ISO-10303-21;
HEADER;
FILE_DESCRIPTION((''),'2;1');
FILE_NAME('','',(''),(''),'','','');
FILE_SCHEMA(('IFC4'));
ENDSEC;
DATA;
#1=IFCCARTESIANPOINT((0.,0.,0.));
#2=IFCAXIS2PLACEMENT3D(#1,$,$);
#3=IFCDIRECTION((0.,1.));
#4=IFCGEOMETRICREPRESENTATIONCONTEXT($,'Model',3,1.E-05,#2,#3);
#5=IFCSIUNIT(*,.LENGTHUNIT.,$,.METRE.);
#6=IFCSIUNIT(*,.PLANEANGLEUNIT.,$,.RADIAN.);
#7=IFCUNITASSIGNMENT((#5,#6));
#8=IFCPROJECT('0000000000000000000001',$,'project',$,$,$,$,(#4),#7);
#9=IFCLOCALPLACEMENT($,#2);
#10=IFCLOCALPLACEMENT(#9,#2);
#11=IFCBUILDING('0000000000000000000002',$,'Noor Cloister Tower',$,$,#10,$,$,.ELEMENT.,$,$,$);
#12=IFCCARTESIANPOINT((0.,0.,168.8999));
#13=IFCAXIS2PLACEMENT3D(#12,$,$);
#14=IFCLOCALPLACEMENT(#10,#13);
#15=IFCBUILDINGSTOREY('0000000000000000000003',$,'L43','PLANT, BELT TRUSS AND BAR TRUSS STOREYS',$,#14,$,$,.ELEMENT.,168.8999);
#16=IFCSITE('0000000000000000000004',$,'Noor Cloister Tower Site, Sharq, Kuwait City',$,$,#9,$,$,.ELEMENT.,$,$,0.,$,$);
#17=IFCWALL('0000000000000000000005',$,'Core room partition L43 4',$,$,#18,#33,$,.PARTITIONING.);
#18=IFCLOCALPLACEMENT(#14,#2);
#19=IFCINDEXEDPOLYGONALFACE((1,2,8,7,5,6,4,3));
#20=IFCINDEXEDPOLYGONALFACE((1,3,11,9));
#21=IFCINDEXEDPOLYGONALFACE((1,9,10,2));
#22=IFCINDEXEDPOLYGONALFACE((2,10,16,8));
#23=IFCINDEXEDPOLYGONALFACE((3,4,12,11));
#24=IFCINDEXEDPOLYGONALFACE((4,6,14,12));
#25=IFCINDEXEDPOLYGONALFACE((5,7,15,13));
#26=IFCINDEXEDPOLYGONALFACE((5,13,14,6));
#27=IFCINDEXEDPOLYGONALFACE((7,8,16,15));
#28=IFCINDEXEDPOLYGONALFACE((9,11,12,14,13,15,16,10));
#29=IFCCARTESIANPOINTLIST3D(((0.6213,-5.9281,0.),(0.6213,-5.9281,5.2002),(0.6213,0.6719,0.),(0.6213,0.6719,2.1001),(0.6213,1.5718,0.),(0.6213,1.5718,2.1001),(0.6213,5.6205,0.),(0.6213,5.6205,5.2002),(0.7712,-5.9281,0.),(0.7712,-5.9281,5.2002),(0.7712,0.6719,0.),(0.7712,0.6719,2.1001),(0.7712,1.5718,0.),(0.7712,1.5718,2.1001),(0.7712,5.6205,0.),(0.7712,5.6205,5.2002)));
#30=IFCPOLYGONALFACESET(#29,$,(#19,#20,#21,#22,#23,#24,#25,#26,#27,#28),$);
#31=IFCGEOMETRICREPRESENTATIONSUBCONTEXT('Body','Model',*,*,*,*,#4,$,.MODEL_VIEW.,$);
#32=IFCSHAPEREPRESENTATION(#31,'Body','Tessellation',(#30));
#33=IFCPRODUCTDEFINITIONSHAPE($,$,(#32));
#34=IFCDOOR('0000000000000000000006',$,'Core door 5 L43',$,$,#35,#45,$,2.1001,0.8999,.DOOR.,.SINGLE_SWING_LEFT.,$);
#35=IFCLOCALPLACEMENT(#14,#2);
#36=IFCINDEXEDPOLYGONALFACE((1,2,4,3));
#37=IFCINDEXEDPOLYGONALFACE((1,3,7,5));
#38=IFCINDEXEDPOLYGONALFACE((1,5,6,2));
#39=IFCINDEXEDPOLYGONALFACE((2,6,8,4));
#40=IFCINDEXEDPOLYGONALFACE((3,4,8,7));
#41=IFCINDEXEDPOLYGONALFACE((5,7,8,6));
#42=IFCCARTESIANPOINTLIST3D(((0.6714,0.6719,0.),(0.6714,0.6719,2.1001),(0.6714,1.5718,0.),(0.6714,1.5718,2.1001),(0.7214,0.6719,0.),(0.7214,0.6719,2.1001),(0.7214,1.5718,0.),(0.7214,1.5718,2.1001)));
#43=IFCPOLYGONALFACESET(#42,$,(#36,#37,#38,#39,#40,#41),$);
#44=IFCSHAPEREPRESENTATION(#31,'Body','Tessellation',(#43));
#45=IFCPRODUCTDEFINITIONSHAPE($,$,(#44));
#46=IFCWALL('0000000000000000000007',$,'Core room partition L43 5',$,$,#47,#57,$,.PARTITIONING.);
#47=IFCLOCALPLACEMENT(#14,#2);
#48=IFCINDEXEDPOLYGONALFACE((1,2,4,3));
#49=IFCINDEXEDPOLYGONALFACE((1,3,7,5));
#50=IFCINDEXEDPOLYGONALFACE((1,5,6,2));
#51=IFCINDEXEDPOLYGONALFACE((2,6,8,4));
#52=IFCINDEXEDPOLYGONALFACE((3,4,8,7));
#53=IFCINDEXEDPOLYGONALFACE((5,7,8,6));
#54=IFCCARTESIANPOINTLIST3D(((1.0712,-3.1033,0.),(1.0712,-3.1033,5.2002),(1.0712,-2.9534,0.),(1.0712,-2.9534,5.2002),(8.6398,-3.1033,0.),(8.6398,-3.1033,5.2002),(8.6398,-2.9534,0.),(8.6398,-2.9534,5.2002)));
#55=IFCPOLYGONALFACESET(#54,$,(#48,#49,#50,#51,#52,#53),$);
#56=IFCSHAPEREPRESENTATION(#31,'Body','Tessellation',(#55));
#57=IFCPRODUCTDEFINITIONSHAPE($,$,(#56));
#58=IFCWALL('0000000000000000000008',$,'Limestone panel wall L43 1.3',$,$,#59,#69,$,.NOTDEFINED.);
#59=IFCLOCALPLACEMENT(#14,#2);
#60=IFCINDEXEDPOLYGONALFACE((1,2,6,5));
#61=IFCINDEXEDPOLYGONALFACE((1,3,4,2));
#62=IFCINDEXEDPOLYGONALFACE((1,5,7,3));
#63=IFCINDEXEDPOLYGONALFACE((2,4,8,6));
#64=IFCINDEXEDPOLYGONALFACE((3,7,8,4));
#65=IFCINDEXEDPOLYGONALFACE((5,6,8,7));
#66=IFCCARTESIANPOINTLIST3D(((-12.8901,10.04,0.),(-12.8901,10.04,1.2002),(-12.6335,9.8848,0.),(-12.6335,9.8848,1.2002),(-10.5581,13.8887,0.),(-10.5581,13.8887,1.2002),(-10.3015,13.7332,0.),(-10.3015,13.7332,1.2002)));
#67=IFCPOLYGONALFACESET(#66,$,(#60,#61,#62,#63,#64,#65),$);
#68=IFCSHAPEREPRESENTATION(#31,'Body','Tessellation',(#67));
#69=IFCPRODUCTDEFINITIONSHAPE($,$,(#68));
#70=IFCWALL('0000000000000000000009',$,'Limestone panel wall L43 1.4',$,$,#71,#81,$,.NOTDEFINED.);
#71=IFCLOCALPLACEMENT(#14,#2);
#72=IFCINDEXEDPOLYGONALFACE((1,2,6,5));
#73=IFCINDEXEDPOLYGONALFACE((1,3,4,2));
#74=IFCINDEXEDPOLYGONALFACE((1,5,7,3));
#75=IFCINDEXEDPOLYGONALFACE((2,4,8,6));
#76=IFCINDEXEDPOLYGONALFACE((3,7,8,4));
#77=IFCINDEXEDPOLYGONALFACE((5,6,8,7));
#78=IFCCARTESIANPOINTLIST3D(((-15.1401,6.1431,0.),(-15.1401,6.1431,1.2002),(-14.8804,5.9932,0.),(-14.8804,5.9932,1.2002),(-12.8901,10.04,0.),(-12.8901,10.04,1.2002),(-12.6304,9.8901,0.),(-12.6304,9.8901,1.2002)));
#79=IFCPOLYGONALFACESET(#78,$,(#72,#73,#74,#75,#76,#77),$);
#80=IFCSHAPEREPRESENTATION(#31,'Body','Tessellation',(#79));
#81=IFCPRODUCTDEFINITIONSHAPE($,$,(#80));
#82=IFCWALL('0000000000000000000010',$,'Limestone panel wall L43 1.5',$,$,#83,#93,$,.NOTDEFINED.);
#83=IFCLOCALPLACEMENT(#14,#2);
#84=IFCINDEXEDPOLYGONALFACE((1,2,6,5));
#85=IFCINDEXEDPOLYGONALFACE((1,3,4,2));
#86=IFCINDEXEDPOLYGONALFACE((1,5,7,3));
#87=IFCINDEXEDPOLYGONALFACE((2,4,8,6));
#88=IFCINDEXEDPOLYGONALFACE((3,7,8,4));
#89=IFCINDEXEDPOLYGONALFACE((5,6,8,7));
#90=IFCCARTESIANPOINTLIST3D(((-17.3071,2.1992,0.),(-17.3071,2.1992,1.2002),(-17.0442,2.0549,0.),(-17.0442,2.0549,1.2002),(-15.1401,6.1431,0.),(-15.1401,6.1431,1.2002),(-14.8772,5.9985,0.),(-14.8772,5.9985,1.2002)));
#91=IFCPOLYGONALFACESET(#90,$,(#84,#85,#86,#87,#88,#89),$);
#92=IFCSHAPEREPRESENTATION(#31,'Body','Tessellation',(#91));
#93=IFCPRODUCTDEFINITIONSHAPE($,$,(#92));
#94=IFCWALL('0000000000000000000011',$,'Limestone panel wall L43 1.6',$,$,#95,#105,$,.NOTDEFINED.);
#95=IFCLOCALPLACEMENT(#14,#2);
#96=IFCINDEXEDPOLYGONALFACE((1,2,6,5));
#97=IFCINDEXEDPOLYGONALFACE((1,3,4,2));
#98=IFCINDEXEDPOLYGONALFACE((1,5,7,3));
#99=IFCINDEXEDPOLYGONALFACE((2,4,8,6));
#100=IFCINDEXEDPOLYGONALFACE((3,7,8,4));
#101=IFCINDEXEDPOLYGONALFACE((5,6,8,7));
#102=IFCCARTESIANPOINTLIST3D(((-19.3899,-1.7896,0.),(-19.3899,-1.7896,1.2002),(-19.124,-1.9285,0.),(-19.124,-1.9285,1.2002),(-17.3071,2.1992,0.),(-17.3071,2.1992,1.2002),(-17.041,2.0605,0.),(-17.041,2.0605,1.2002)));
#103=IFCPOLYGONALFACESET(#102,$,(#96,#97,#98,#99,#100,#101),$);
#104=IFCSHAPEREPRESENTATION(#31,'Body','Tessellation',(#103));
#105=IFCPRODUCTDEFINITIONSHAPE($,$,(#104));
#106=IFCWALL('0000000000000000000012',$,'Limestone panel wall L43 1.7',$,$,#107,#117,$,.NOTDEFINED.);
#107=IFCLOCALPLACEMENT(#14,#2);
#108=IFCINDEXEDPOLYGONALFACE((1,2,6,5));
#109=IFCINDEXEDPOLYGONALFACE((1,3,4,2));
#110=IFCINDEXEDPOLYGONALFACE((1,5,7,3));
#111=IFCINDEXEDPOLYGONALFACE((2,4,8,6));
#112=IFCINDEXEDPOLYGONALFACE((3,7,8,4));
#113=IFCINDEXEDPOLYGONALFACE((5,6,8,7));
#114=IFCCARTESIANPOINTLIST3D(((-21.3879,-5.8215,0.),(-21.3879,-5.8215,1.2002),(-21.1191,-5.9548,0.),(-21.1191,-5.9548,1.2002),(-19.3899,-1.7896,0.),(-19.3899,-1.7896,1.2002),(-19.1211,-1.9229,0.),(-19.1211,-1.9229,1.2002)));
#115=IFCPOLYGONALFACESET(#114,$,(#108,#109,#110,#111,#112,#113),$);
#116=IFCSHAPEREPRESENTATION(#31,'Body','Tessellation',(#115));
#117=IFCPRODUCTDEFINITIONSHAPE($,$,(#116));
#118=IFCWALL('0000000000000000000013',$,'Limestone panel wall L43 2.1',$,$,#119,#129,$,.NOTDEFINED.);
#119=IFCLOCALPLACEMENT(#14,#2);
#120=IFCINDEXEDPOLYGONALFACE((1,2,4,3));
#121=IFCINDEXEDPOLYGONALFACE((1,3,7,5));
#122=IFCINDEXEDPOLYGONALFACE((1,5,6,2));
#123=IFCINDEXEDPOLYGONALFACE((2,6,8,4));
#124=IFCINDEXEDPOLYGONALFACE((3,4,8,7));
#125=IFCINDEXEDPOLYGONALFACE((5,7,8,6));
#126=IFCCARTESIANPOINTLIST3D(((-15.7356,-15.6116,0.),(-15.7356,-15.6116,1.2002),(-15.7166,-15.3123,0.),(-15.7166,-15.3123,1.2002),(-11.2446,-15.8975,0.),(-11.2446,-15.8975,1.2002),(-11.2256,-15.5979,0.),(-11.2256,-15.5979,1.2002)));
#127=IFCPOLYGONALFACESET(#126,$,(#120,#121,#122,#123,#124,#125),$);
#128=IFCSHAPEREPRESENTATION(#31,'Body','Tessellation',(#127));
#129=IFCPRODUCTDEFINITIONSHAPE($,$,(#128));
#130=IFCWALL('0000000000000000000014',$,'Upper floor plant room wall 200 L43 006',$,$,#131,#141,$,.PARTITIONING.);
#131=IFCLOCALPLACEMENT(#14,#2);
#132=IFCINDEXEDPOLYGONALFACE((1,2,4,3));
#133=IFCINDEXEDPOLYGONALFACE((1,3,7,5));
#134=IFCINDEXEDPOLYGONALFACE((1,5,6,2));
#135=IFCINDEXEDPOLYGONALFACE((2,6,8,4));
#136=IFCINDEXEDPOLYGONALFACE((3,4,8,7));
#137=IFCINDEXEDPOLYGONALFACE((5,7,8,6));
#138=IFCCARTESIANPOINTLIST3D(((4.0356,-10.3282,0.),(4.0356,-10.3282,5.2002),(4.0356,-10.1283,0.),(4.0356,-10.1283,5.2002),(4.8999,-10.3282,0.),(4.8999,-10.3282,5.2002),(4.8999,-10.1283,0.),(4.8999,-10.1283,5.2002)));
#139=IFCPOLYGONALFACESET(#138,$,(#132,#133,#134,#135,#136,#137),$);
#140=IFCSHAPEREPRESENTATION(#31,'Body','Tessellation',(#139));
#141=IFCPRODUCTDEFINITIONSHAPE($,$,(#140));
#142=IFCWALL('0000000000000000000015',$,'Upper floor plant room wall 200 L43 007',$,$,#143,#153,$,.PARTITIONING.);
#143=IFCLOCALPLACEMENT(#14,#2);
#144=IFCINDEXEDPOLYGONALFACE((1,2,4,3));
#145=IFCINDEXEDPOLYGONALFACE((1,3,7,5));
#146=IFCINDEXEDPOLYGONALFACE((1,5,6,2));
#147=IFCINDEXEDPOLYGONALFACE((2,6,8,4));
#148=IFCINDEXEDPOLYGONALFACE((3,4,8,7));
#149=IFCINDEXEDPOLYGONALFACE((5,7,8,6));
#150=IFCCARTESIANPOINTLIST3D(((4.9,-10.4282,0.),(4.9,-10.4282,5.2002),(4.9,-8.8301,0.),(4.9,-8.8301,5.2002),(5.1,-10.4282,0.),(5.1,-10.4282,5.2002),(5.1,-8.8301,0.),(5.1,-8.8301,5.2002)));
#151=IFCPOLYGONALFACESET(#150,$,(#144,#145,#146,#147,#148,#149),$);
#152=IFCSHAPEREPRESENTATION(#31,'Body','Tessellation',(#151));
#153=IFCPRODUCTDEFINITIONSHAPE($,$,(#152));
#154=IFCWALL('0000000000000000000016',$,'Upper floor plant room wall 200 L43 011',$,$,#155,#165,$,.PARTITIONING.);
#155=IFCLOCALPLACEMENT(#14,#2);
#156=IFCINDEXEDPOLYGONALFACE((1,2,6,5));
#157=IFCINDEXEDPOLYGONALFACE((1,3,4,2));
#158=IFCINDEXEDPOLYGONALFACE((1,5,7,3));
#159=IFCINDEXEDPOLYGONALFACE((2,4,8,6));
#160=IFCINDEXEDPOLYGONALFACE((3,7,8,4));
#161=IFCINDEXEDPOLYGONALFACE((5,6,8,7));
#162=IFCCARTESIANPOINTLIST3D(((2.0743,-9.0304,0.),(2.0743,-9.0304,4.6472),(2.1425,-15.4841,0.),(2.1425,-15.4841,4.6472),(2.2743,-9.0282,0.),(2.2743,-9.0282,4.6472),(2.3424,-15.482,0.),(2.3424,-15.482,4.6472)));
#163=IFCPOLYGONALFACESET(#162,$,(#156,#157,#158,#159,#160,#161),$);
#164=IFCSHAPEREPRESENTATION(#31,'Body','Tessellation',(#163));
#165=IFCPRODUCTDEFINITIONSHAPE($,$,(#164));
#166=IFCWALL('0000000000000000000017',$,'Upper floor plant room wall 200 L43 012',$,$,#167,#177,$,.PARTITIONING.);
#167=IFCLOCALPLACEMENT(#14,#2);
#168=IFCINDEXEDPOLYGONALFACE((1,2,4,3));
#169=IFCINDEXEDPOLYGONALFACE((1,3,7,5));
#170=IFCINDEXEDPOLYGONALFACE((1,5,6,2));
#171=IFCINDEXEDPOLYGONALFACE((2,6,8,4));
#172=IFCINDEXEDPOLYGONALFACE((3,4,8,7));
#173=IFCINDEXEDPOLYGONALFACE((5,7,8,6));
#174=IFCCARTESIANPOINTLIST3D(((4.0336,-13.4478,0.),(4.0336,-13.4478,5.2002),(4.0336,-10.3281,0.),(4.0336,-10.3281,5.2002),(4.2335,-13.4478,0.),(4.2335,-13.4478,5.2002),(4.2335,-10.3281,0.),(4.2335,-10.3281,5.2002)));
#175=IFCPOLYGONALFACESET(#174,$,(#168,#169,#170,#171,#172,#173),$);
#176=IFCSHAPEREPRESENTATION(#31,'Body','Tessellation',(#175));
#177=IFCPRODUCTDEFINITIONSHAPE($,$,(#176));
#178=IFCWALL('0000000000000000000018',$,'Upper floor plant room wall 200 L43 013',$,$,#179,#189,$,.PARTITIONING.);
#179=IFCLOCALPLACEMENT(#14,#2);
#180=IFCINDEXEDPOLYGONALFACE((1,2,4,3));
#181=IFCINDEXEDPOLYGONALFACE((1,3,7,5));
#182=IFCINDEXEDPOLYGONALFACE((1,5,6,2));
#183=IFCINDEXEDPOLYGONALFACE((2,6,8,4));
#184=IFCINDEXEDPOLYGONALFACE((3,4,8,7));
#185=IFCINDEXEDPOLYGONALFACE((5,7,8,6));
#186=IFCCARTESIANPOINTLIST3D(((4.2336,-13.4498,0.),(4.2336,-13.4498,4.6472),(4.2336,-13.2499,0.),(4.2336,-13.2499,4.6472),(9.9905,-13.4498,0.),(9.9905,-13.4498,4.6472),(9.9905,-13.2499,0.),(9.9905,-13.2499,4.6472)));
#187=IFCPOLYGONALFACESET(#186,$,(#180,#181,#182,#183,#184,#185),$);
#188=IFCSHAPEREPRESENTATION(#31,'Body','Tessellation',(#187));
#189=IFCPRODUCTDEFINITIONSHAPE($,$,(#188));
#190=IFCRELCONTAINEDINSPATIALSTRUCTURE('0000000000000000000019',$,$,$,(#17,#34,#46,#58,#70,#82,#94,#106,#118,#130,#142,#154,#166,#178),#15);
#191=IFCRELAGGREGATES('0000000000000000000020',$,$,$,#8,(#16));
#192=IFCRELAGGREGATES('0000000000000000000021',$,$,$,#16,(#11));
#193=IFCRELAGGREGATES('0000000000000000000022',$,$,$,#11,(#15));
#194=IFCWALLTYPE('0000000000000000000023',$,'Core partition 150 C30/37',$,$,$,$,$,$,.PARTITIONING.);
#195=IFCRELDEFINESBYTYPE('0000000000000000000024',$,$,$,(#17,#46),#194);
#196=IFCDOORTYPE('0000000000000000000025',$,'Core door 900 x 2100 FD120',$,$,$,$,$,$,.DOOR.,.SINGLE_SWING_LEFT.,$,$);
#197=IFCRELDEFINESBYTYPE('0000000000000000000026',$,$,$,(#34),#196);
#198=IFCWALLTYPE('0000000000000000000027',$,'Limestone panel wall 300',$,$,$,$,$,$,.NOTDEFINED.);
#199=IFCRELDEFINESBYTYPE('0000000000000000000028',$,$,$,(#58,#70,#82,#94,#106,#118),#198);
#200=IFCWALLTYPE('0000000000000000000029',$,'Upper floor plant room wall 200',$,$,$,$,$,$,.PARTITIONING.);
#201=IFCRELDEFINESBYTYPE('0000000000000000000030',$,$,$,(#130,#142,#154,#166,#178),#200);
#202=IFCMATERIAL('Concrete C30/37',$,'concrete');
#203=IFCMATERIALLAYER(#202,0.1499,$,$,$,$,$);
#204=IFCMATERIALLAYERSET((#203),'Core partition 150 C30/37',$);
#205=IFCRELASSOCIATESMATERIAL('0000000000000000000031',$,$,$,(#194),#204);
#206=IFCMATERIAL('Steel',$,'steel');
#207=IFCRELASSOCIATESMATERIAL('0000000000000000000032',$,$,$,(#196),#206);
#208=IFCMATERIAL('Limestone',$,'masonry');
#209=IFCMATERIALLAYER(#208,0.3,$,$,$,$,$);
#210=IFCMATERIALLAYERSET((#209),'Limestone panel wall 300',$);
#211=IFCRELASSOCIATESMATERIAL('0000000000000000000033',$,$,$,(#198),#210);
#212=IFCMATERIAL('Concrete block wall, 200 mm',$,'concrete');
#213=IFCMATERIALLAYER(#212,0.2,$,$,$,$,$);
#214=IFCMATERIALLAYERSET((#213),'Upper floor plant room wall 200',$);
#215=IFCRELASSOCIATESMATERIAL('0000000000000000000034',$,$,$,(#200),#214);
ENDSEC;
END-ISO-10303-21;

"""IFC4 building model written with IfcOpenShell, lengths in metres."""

from ifc_helpers import new_model, si_unit, direction, frame, frame_2d, origin, place, context, subcontext, project, spatial, polyline, rectangle, outline, extrude, material, layer, layer_set, type_object, element, fill, save


model = new_model("IFC4")

# Units and contexts
model_context = context("Model", 3, precision=1e-05, world=origin(), true_north=direction((0.0, 1.0)))
body_context = subcontext(model_context, "Body", "Model", "MODEL_VIEW")
ifc_project = project(units=[si_unit("LENGTHUNIT", "METRE"), si_unit("PLANEANGLEUNIT", "RADIAN")], contexts=[model_context])

# Site, building, storey
site_placement = place(None, origin())
site = spatial("IfcSite", under=ifc_project, at=site_placement, Name="Noor Cloister Tower Site, Sharq, Kuwait City", CompositionType="ELEMENT", RefElevation=0.0)
building_placement = place(site_placement, origin())
building = spatial("IfcBuilding", under=site, at=building_placement, Name="Noor Cloister Tower", CompositionType="ELEMENT")
storey_placement = place(building_placement, frame((0.0, 0.0, 168.8999)))
storey = spatial("IfcBuildingStorey", under=building, at=storey_placement, Name="L43", Description="PLANT, BELT TRUSS AND BAR TRUSS STOREYS", CompositionType="ELEMENT", Elevation=168.8999)

# Wall, opening, door
ifc_material_1 = material(Name="Concrete C30/37", Category="concrete")
ifc_layer_1 = layer(ifc_material_1, 0.1499)
ifc_layer_set_1 = layer_set([ifc_layer_1], Name="Core partition 150 C30/37")
wall_type_1 = type_object("IfcWallType", Name="Core partition 150 C30/37", PredefinedType="PARTITIONING", material=ifc_layer_set_1)
wall_1_placement = place(storey_placement, frame((0.6963, -5.9282, 0.0), z_axis=(0.0, 0.0, 1.0), x_axis=(0.0, 1.0, 0.0)))
wall_1 = element("IfcWall", 1, at=wall_1_placement, inside=storey, type_object=wall_type_1, Name="Core room partition L43 4", PredefinedType="PARTITIONING", context=body_context, shape_type="SweptSolid", body=[
    extrude(rectangle(XDim=11.5486, YDim=0.1499, at=frame_2d((5.7744, 0.0))), origin(), (0.0, 0.0, 1.0), 5.2002),
])
opening_placement = place(wall_1_placement, frame((6.6001, 0.0, 0.0)))
opening = element("IfcOpeningElement", 2, at=opening_placement, cuts=wall_1, PredefinedType="OPENING", context=body_context, shape_type="SweptSolid", body=[
    extrude(rectangle(XDim=0.8999, YDim=2.1001, at=frame_2d((0.45, 1.05))), frame((0.0, 0.085, 0.0), z_axis=(0.0, -1.0, 0.0), x_axis=(1.0, 0.0, 0.0)), (0.0, 0.0, 1.0), 0.1699),
])
ifc_material_2 = material(Name="Steel", Category="steel")
door_type = type_object("IfcDoorType", Name="Core door 900 x 2100 FD120", OperationType="SINGLE_SWING_LEFT", PredefinedType="DOOR", material=ifc_material_2)
door_placement = place(opening_placement, origin())
door = element("IfcDoor", 3, at=door_placement, inside=storey, type_object=door_type, Name="Core door 5 L43", OperationType="SINGLE_SWING_LEFT", OverallHeight=2.1001, OverallWidth=0.8999, PredefinedType="DOOR", context=body_context, shape_type="SweptSolid", body=[
    extrude(rectangle(XDim=0.8999, YDim=2.1001, at=frame_2d((0.45, 1.05))), frame((0.0, 0.0249, 0.0), z_axis=(0.0, -1.0, 0.0), x_axis=(1.0, 0.0, 0.0)), (0.0, 0.0, 1.0), 0.05),
])
fill(opening, door)

# Walls
wall_2_placement = place(storey_placement, frame((1.0713, -3.0283, 0.0), z_axis=(0.0, 0.0, 1.0), x_axis=(1.0, 0.0, 0.0)))
element("IfcWall", 4, at=wall_2_placement, inside=storey, type_object=wall_type_1, Name="Core room partition L43 5", PredefinedType="PARTITIONING", context=body_context, shape_type="SweptSolid", body=[
    extrude(rectangle(XDim=7.5686, YDim=0.1499, at=frame_2d((3.7842, 0.0))), origin(), (0.0, 0.0, 1.0), 5.2002),
])
ifc_material_3 = material(Name="Limestone", Category="masonry")
ifc_layer_2 = layer(ifc_material_3, 0.3)
ifc_layer_set_2 = layer_set([ifc_layer_2], Name="Limestone panel wall 300")
wall_type_2 = type_object("IfcWallType", Name="Limestone panel wall 300", PredefinedType="NOTDEFINED", material=ifc_layer_set_2)
wall_3_placement = place(storey_placement, origin())
element("IfcWall", 5, at=wall_3_placement, inside=storey, type_object=wall_type_2, Name="Limestone panel wall L43 1.3", PredefinedType="NOTDEFINED", context=body_context, shape_type="SweptSolid", body=[
    extrude(outline(polyline([(-10.5581, 13.8887), (-12.8901, 10.04), (-12.6335, 9.8848), (-10.3015, 13.7332), (-10.5581, 13.8887)])), origin(), (0.0, 0.0, 1.0), 1.2002),
])
wall_4_placement = place(storey_placement, origin())
element("IfcWall", 6, at=wall_4_placement, inside=storey, type_object=wall_type_2, Name="Limestone panel wall L43 1.4", PredefinedType="NOTDEFINED", context=body_context, shape_type="SweptSolid", body=[
    extrude(outline(polyline([(-12.8901, 10.04), (-15.1401, 6.1431), (-14.8804, 5.9932), (-12.6304, 9.8901), (-12.8901, 10.04)])), origin(), (0.0, 0.0, 1.0), 1.2002),
])
wall_5_placement = place(storey_placement, origin())
element("IfcWall", 7, at=wall_5_placement, inside=storey, type_object=wall_type_2, Name="Limestone panel wall L43 1.5", PredefinedType="NOTDEFINED", context=body_context, shape_type="SweptSolid", body=[
    extrude(outline(polyline([(-15.1401, 6.1431), (-17.3071, 2.1992), (-17.0442, 2.0549), (-14.8772, 5.9985), (-15.1401, 6.1431)])), origin(), (0.0, 0.0, 1.0), 1.2002),
])
wall_6_placement = place(storey_placement, origin())
element("IfcWall", 8, at=wall_6_placement, inside=storey, type_object=wall_type_2, Name="Limestone panel wall L43 1.6", PredefinedType="NOTDEFINED", context=body_context, shape_type="SweptSolid", body=[
    extrude(outline(polyline([(-17.3071, 2.1992), (-19.3899, -1.7896), (-19.124, -1.9285), (-17.041, 2.0605), (-17.3071, 2.1992)])), origin(), (0.0, 0.0, 1.0), 1.2002),
])
wall_7_placement = place(storey_placement, origin())
element("IfcWall", 9, at=wall_7_placement, inside=storey, type_object=wall_type_2, Name="Limestone panel wall L43 1.7", PredefinedType="NOTDEFINED", context=body_context, shape_type="SweptSolid", body=[
    extrude(outline(polyline([(-19.3899, -1.7896), (-21.3879, -5.8215), (-21.1191, -5.9548), (-19.1211, -1.9229), (-19.3899, -1.7896)])), origin(), (0.0, 0.0, 1.0), 1.2002),
])
wall_8_placement = place(storey_placement, origin())
element("IfcWall", 10, at=wall_8_placement, inside=storey, type_object=wall_type_2, Name="Limestone panel wall L43 2.1", PredefinedType="NOTDEFINED", context=body_context, shape_type="SweptSolid", body=[
    extrude(outline(polyline([(-15.7356, -15.6116), (-11.2446, -15.8975), (-11.2256, -15.5979), (-15.7166, -15.3123), (-15.7356, -15.6116)])), origin(), (0.0, 0.0, 1.0), 1.2002),
])
ifc_material_4 = material(Name="Concrete block wall, 200 mm", Category="concrete")
ifc_layer_3 = layer(ifc_material_4, 0.2)
ifc_layer_set_3 = layer_set([ifc_layer_3], Name="Upper floor plant room wall 200")
wall_type_3 = type_object("IfcWallType", Name="Upper floor plant room wall 200", PredefinedType="PARTITIONING", material=ifc_layer_set_3)
wall_9_placement = place(storey_placement, frame((4.0356, -10.2283, 0.0), z_axis=(0.0, 0.0, 1.0), x_axis=(1.0, 0.0, 0.0)))
element("IfcWall", 11, at=wall_9_placement, inside=storey, type_object=wall_type_3, Name="Upper floor plant room wall 200 L43 006", PredefinedType="PARTITIONING", context=body_context, shape_type="SweptSolid", body=[
    extrude(rectangle(XDim=0.8643, YDim=0.2, at=frame_2d((0.4321, 0.0))), origin(), (0.0, 0.0, 1.0), 5.2002),
])
wall_10_placement = place(storey_placement, frame((5.0, -10.4282, 0.0), z_axis=(0.0, 0.0, 1.0), x_axis=(0.0, 1.0, 0.0)))
element("IfcWall", 12, at=wall_10_placement, inside=storey, type_object=wall_type_3, Name="Upper floor plant room wall 200 L43 007", PredefinedType="PARTITIONING", context=body_context, shape_type="SweptSolid", body=[
    extrude(rectangle(XDim=1.5981, YDim=0.2, at=frame_2d((0.7991, 0.0))), origin(), (0.0, 0.0, 1.0), 5.2002),
])
wall_11_placement = place(storey_placement, frame((2.1743, -9.0293, 0.0), z_axis=(0.0, 0.0, 1.0), x_axis=(0.010554, -0.999944, 0.0)))
element("IfcWall", 13, at=wall_11_placement, inside=storey, type_object=wall_type_3, Name="Upper floor plant room wall 200 L43 011", PredefinedType="PARTITIONING", context=body_context, shape_type="SweptSolid", body=[
    extrude(rectangle(XDim=6.4541, YDim=0.2, at=frame_2d((3.2271, 0.0))), origin(), (0.0, 0.0, 1.0), 4.6472),
])
wall_12_placement = place(storey_placement, frame((4.1335, -10.3281, 0.0), z_axis=(0.0, 0.0, 1.0), x_axis=(0.0, -1.0, 0.0)))
element("IfcWall", 14, at=wall_12_placement, inside=storey, type_object=wall_type_3, Name="Upper floor plant room wall 200 L43 012", PredefinedType="PARTITIONING", context=body_context, shape_type="SweptSolid", body=[
    extrude(rectangle(XDim=3.1196, YDim=0.2, at=frame_2d((1.5598, 0.0))), origin(), (0.0, 0.0, 1.0), 5.2002),
])
wall_13_placement = place(storey_placement, frame((4.2336, -13.3499, 0.0), z_axis=(0.0, 0.0, 1.0), x_axis=(1.0, 0.0, 0.0)))
element("IfcWall", 15, at=wall_13_placement, inside=storey, type_object=wall_type_3, Name="Upper floor plant room wall 200 L43 013", PredefinedType="PARTITIONING", context=body_context, shape_type="SweptSolid", body=[
    extrude(rectangle(XDim=5.7568, YDim=0.2, at=frame_2d((2.8784, 0.0))), origin(), (0.0, 0.0, 1.0), 4.6472),
])

save(model, "model.ifc")
